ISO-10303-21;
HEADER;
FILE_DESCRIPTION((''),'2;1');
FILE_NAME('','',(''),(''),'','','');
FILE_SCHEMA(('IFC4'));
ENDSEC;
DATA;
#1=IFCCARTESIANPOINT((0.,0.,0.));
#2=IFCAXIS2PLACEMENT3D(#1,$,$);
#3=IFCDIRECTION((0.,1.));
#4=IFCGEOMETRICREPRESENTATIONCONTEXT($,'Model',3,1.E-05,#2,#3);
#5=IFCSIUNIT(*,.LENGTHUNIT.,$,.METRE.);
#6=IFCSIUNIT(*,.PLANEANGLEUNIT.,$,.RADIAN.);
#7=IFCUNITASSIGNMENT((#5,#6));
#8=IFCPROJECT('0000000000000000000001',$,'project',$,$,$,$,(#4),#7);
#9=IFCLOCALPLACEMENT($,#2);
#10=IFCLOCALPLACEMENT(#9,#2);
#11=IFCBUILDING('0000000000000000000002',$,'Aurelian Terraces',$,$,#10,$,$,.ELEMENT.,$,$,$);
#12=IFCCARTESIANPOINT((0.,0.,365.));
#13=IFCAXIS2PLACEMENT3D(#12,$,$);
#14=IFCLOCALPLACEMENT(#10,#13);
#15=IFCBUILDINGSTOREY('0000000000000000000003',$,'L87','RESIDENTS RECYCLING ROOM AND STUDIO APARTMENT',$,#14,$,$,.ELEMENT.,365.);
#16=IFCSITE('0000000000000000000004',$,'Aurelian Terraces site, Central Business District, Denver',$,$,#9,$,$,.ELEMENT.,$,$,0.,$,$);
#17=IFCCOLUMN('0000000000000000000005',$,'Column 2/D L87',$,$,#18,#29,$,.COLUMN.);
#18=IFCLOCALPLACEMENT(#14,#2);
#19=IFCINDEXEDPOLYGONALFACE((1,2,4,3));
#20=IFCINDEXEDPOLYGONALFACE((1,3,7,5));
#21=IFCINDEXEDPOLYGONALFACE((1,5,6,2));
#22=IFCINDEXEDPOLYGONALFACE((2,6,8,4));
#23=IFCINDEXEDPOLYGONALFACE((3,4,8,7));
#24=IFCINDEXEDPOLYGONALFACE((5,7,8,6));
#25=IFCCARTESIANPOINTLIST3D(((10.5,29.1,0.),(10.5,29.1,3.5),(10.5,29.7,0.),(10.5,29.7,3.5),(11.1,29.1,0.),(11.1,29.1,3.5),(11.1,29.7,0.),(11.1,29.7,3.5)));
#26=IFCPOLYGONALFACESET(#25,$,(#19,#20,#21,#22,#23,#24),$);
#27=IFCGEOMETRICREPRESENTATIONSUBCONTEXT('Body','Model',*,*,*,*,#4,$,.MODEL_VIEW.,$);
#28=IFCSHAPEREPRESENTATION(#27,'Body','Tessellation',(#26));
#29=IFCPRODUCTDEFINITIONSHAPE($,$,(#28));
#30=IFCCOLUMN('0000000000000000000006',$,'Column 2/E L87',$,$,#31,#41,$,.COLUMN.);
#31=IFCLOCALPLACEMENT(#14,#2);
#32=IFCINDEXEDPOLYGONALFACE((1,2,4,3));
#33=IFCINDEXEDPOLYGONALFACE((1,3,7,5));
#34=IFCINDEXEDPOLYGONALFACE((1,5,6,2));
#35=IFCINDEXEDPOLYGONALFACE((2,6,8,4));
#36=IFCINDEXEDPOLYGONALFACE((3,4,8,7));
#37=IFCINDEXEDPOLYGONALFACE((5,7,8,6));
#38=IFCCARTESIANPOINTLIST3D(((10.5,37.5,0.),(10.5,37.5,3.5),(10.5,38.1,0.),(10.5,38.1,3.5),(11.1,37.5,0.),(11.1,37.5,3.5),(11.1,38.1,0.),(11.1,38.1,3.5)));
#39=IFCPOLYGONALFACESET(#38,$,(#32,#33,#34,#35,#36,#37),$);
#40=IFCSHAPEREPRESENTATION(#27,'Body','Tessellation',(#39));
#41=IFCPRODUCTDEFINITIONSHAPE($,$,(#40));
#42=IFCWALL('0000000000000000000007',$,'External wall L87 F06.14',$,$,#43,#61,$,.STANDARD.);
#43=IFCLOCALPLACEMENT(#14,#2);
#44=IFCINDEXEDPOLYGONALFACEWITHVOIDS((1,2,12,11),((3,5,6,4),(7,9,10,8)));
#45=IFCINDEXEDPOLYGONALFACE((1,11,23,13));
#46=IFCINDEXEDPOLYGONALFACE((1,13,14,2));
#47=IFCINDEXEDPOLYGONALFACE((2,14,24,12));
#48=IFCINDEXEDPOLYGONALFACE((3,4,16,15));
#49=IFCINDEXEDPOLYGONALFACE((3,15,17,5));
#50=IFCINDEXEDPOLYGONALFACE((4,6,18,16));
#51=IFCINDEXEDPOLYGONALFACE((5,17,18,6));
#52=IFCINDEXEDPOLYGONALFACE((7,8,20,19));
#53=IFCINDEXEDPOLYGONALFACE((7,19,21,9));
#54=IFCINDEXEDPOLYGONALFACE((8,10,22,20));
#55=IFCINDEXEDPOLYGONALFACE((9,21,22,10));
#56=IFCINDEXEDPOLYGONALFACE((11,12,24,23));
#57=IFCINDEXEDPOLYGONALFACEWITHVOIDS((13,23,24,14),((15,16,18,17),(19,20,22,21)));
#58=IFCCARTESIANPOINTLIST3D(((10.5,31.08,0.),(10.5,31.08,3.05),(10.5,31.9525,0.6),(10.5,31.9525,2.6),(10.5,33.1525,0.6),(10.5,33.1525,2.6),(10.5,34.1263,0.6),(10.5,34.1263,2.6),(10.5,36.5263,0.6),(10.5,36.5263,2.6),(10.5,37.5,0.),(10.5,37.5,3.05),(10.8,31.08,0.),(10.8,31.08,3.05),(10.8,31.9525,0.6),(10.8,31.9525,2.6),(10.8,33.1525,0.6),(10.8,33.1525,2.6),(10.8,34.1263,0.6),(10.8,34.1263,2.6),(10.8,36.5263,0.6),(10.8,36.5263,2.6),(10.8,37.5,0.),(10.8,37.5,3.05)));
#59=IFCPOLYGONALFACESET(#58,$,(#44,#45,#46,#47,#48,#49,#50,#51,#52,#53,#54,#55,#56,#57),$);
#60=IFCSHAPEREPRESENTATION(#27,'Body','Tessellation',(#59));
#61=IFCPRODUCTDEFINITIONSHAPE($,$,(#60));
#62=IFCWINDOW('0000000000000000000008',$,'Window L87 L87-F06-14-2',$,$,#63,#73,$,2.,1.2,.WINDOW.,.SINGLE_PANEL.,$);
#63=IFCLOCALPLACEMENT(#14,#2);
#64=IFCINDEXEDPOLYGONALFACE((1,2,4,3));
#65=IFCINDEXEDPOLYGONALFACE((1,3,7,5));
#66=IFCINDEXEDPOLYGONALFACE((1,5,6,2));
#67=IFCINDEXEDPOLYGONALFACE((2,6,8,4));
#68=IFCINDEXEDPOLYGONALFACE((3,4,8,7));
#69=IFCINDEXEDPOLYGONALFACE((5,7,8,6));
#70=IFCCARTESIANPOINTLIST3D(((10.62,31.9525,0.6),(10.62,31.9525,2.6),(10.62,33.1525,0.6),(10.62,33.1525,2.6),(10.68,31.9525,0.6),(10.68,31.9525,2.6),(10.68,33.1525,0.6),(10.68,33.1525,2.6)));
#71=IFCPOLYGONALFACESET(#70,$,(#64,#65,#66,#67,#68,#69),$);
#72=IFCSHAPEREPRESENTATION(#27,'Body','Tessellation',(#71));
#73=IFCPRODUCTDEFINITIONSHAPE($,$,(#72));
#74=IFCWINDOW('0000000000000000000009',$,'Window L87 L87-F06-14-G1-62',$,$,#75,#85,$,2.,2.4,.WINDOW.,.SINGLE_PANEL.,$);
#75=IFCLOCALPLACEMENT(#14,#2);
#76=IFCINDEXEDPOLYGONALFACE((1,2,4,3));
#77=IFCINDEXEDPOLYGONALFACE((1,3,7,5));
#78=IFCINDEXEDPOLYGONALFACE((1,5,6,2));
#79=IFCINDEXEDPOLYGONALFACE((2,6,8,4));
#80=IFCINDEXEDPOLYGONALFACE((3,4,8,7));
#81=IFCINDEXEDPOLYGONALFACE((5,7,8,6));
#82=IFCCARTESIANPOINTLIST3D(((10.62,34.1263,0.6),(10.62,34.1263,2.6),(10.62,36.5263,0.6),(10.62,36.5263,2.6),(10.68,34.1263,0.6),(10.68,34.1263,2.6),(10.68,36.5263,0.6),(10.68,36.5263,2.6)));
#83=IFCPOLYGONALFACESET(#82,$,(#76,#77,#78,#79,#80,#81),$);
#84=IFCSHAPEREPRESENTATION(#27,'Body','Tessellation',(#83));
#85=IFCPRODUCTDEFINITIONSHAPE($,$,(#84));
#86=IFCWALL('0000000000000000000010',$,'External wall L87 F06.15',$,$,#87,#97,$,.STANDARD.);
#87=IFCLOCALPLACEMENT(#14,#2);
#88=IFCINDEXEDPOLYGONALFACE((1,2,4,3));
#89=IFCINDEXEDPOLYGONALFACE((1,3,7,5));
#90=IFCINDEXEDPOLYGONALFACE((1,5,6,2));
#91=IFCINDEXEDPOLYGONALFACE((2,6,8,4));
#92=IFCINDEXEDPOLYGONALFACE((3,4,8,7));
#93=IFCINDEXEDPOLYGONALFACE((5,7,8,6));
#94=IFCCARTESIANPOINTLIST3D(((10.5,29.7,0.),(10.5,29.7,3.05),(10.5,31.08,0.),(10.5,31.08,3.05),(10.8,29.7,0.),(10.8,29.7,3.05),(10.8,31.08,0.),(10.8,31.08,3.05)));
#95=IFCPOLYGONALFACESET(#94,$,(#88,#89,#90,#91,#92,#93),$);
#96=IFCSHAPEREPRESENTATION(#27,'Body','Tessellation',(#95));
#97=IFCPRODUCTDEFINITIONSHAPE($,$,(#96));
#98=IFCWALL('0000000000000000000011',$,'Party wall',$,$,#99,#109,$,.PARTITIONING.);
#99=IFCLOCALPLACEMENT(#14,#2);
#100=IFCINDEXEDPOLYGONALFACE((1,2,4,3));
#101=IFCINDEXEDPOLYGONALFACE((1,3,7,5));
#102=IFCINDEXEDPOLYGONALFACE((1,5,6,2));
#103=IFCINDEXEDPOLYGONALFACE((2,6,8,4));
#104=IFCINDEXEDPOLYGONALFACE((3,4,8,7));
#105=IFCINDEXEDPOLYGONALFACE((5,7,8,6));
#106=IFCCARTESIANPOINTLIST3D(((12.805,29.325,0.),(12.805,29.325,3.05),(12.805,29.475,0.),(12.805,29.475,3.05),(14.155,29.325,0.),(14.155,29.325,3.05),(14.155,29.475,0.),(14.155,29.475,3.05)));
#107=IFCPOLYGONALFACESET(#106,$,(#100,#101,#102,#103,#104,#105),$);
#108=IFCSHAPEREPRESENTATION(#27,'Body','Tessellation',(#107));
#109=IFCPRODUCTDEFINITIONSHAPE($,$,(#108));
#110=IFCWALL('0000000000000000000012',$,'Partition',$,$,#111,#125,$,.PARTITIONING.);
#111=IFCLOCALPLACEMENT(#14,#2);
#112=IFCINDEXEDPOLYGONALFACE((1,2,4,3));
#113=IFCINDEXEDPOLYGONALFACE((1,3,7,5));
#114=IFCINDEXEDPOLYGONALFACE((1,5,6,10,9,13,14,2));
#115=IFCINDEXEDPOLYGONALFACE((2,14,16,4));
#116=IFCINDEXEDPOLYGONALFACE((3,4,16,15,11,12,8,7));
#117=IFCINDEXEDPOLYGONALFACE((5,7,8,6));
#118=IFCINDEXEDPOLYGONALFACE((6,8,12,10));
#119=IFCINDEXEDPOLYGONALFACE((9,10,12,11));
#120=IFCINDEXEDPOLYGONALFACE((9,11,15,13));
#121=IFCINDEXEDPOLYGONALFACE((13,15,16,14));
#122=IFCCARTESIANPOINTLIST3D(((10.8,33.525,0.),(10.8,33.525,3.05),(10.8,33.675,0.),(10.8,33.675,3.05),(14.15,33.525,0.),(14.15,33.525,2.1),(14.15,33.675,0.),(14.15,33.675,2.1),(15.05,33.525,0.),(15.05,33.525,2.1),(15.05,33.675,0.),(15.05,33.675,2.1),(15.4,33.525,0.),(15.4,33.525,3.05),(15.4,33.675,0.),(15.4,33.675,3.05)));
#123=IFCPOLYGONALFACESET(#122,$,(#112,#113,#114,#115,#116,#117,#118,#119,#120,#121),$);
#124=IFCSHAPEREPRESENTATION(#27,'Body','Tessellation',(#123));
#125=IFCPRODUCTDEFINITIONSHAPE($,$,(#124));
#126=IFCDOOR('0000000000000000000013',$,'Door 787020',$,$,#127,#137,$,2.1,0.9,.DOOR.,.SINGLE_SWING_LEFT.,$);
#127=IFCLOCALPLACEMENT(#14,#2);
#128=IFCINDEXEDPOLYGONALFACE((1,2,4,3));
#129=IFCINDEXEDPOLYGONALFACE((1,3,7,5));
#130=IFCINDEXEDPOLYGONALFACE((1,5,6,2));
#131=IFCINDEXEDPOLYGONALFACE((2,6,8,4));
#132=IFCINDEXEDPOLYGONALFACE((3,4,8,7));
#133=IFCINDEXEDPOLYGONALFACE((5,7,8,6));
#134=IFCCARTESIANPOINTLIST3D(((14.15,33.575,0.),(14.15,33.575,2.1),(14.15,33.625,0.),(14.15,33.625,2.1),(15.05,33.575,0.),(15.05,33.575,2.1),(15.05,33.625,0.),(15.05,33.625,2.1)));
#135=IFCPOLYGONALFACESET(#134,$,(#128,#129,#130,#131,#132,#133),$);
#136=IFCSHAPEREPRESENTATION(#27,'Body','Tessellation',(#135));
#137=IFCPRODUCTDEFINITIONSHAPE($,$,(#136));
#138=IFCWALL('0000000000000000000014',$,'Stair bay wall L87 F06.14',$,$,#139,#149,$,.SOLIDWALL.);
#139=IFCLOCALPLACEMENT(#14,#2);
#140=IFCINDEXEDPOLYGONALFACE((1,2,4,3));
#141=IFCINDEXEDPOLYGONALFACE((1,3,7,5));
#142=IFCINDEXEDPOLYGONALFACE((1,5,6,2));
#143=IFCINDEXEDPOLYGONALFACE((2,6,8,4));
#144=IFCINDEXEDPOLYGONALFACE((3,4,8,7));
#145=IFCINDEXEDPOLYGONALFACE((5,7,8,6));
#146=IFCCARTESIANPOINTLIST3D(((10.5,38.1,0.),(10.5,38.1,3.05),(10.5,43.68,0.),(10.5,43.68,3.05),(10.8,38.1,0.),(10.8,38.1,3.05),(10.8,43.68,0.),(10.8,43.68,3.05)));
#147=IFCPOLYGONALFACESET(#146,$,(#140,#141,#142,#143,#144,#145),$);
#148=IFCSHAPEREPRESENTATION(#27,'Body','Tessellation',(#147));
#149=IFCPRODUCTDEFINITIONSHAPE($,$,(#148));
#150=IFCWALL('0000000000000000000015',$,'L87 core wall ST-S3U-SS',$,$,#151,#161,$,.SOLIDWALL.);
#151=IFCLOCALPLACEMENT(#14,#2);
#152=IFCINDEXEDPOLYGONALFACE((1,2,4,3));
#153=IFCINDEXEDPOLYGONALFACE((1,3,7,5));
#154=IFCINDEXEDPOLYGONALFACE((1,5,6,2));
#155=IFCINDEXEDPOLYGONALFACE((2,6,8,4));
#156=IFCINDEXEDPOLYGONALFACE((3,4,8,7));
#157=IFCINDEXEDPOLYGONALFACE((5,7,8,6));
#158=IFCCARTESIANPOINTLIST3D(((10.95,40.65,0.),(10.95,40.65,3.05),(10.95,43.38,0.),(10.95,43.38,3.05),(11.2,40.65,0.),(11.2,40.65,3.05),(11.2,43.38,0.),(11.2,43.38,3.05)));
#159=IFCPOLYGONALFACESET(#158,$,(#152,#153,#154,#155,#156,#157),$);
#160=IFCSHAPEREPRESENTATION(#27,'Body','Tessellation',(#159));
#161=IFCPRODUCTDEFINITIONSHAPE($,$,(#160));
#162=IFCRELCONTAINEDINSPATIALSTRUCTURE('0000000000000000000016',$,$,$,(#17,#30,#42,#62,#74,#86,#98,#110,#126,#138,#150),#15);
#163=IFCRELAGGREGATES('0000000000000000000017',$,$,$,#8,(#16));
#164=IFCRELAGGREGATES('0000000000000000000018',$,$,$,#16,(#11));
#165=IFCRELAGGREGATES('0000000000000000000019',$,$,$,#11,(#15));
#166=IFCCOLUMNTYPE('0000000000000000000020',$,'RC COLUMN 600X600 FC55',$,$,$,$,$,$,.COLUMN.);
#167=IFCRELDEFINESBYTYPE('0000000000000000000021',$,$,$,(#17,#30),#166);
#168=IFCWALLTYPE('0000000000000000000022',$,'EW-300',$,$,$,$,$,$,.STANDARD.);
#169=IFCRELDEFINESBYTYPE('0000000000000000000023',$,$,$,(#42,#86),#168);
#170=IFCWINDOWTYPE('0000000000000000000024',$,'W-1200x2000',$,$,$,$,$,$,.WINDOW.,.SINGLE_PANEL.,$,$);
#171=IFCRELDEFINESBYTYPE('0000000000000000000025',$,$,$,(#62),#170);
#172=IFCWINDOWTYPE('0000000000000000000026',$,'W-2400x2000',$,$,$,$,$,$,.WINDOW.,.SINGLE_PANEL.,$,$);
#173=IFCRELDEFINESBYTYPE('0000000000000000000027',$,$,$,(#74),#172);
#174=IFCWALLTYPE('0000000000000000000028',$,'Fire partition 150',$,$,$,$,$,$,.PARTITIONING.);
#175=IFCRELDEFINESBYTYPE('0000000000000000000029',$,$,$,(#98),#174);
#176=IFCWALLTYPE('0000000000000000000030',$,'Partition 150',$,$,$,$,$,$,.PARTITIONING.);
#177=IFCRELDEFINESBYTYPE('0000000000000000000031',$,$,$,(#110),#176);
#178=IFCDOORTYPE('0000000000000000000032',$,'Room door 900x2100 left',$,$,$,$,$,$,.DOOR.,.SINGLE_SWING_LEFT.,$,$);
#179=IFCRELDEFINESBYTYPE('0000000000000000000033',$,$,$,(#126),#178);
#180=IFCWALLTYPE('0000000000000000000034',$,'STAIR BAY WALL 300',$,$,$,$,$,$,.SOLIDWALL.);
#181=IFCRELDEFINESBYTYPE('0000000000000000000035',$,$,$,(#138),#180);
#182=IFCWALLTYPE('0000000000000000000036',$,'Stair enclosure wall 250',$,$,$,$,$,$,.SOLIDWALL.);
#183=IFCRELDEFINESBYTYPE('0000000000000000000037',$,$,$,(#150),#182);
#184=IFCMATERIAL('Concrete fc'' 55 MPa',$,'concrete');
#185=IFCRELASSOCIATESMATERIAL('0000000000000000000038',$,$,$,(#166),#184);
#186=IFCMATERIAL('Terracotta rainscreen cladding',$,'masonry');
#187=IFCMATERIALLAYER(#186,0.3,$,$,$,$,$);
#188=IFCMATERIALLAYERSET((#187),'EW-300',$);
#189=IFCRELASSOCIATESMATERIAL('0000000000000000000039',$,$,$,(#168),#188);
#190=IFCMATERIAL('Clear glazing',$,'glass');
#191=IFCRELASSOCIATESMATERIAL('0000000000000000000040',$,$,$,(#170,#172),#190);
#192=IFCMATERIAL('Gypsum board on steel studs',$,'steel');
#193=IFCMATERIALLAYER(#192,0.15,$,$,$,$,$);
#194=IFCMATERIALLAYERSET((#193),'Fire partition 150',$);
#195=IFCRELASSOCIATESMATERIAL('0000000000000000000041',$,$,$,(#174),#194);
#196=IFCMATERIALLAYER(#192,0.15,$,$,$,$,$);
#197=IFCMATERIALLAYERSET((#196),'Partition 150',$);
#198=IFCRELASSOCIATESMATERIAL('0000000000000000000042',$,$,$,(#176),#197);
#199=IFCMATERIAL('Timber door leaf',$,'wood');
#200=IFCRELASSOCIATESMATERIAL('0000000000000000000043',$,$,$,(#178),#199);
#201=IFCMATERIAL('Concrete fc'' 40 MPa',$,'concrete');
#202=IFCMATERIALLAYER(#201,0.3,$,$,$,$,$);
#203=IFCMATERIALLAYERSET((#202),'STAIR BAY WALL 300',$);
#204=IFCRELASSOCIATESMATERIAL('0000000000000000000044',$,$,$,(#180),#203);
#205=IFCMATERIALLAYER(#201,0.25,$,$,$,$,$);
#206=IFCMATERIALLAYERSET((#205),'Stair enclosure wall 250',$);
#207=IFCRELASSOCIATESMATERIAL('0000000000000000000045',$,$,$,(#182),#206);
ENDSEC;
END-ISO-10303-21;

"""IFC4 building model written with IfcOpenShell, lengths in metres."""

from ifc_helpers import new_model, si_unit, direction, frame, frame_2d, origin, origin_2d, place, context, subcontext, project, spatial, rectangle, extrude, source, transform, mapped, material, layer, layer_set, material_profile, profile_set, type_object, element, fill, save


model = new_model("IFC4")

# Units and contexts
model_context = context("Model", 3, precision=1e-05, world=origin(), true_north=direction((0.0, 1.0)))
body_context = subcontext(model_context, "Body", "Model", "MODEL_VIEW")
ifc_project = project(units=[si_unit("LENGTHUNIT", "METRE"), si_unit("PLANEANGLEUNIT", "RADIAN")], contexts=[model_context])

# Site, building, storey
site_placement = place(None, origin())
site = spatial("IfcSite", under=ifc_project, at=site_placement, Name="Aurelian Terraces site, Central Business District, Denver", CompositionType="ELEMENT", RefElevation=0.0)
building_placement = place(site_placement, origin())
building = spatial("IfcBuilding", under=site, at=building_placement, Name="Aurelian Terraces", CompositionType="ELEMENT")
storey_placement = place(building_placement, frame((0.0, 0.0, 365.0)))
storey = spatial("IfcBuildingStorey", under=building, at=storey_placement, Name="L87", Description="RESIDENTS RECYCLING ROOM AND STUDIO APARTMENT", CompositionType="ELEMENT", Elevation=365.0)

# Columns
ifc_material_1 = material(Name="Concrete fc' 55 MPa", Category="concrete")
ifc_material_profile = material_profile(ifc_material_1, rectangle(XDim=0.6, YDim=0.6, at=origin_2d()))
ifc_profile_set = profile_set([ifc_material_profile], Name="Concrete fc' 55 MPa")
column_type = type_object("IfcColumnType", Name="RC COLUMN 600X600 FC55", PredefinedType="COLUMN", material=ifc_profile_set)
shared_shape_1 = source(origin(), body_context, "Body", "SweptSolid", [
    extrude(rectangle(XDim=0.6, YDim=0.6, at=origin_2d()), origin(), (0.0, 0.0, 1.0), 3.5),
])
for number, where, z_axis, x_axis, name in (
    (1, (10.8, 29.4, 0.0), (0.0, 0.0, 1.0), (1.0, 0.0, 0.0), "Column 2/D L87"),
    (2, (10.8, 37.8, 0.0), (0.0, 0.0, 1.0), (1.0, 0.0, 0.0), "Column 2/E L87"),
):
    element("IfcColumn", number, at=place(storey_placement, frame(where, z_axis=z_axis, x_axis=x_axis)), inside=storey, type_object=column_type, Name=name, PredefinedType="COLUMN", context=body_context, shape_type="MappedRepresentation", body=[
        mapped(shared_shape_1, transform((0.0, 0.0, 0.0), scale=1.0)),
    ])

# Wall, openings, windows
ifc_material_2 = material(Name="Terracotta rainscreen cladding", Category="masonry")
ifc_layer_1 = layer(ifc_material_2, 0.3)
ifc_layer_set_1 = layer_set([ifc_layer_1], Name="EW-300")
wall_type_1 = type_object("IfcWallType", Name="EW-300", PredefinedType="STANDARD", material=ifc_layer_set_1)
wall_1_placement = place(storey_placement, frame((10.65, 37.5, 0.0), z_axis=(0.0, 0.0, 1.0), x_axis=(0.0, -1.0, 0.0)))
wall_1 = element("IfcWall", 3, at=wall_1_placement, inside=storey, type_object=wall_type_1, Name="External wall L87 F06.14", PredefinedType="STANDARD", context=body_context, shape_type="SweptSolid", body=[
    extrude(rectangle(XDim=6.42, YDim=0.3, at=frame_2d((3.21, 0.0))), origin(), (0.0, 0.0, 1.0), 3.05),
])
shared_shape_2 = source(origin(), body_context, "Body", "SweptSolid", [
    extrude(rectangle(XDim=1.2, YDim=2.0, at=frame_2d((0.6, 1.0))), frame((0.0, 0.16, 0.0), z_axis=(0.0, -1.0, 0.0), x_axis=(1.0, 0.0, 0.0)), (0.0, 0.0, 1.0), 0.32),
])
opening_1_placement = place(wall_1_placement, frame((4.3475, 0.0, 0.6)))
opening_1 = element("IfcOpeningElement", 4, at=opening_1_placement, cuts=wall_1, PredefinedType="OPENING", context=body_context, shape_type="MappedRepresentation", body=[
    mapped(shared_shape_2, transform((0.0, 0.0, 0.0), scale=1.0)),
])
shared_shape_3 = source(origin(), body_context, "Body", "SweptSolid", [
    extrude(rectangle(XDim=2.4, YDim=2.0, at=frame_2d((1.2, 1.0))), frame((0.0, 0.16, 0.0), z_axis=(0.0, -1.0, 0.0), x_axis=(1.0, 0.0, 0.0)), (0.0, 0.0, 1.0), 0.32),
])
opening_2_placement = place(wall_1_placement, frame((0.9737, 0.0, 0.6)))
opening_2 = element("IfcOpeningElement", 5, at=opening_2_placement, cuts=wall_1, PredefinedType="OPENING", context=body_context, shape_type="MappedRepresentation", body=[
    mapped(shared_shape_3, transform((0.0, 0.0, 0.0), scale=1.0)),
])
ifc_material_3 = material(Name="Clear glazing", Category="glass")
window_type_1 = type_object("IfcWindowType", Name="W-1200x2000", PartitioningType="SINGLE_PANEL", PredefinedType="WINDOW", material=ifc_material_3)
shared_shape_4 = source(origin(), body_context, "Body", "SweptSolid", [
    extrude(rectangle(XDim=1.2, YDim=2.0, at=frame_2d((0.6, 1.0))), frame((0.0, 0.03, 0.0), z_axis=(0.0, -1.0, 0.0), x_axis=(1.0, 0.0, 0.0)), (0.0, 0.0, 1.0), 0.06),
])
window_1_placement = place(opening_1_placement, origin())
window_1 = element("IfcWindow", 6, at=window_1_placement, inside=storey, type_object=window_type_1, Name="Window L87 L87-F06-14-2", OverallHeight=2.0, OverallWidth=1.2, PartitioningType="SINGLE_PANEL", PredefinedType="WINDOW", context=body_context, shape_type="MappedRepresentation", body=[
    mapped(shared_shape_4, transform((0.0, 0.0, 0.0), scale=1.0)),
])
fill(opening_1, window_1)
window_type_2 = type_object("IfcWindowType", Name="W-2400x2000", PartitioningType="SINGLE_PANEL", PredefinedType="WINDOW", material=ifc_material_3)
shared_shape_5 = source(origin(), body_context, "Body", "SweptSolid", [
    extrude(rectangle(XDim=2.4, YDim=2.0, at=frame_2d((1.2, 1.0))), frame((0.0, 0.03, 0.0), z_axis=(0.0, -1.0, 0.0), x_axis=(1.0, 0.0, 0.0)), (0.0, 0.0, 1.0), 0.06),
])
window_2_placement = place(opening_2_placement, origin())
window_2 = element("IfcWindow", 7, at=window_2_placement, inside=storey, type_object=window_type_2, Name="Window L87 L87-F06-14-G1-62", OverallHeight=2.0, OverallWidth=2.4, PartitioningType="SINGLE_PANEL", PredefinedType="WINDOW", context=body_context, shape_type="MappedRepresentation", body=[
    mapped(shared_shape_5, transform((0.0, 0.0, 0.0), scale=1.0)),
])
fill(opening_2, window_2)

# Walls
wall_2_placement = place(storey_placement, frame((10.65, 31.08, 0.0), z_axis=(0.0, 0.0, 1.0), x_axis=(0.0, -1.0, 0.0)))
element("IfcWall", 8, at=wall_2_placement, inside=storey, type_object=wall_type_1, Name="External wall L87 F06.15", PredefinedType="STANDARD", context=body_context, shape_type="SweptSolid", body=[
    extrude(rectangle(XDim=1.38, YDim=0.3, at=frame_2d((0.69, 0.0))), origin(), (0.0, 0.0, 1.0), 3.05),
])
ifc_material_4 = material(Name="Gypsum board on steel studs", Category="steel")
ifc_layer_2 = layer(ifc_material_4, 0.15)
ifc_layer_set_2 = layer_set([ifc_layer_2], Name="Fire partition 150")
wall_type_2 = type_object("IfcWallType", Name="Fire partition 150", PredefinedType="PARTITIONING", material=ifc_layer_set_2)
wall_3_placement = place(storey_placement, frame((14.155, 29.4, 0.0), z_axis=(0.0, 0.0, 1.0), x_axis=(-1.0, 0.0, 0.0)))
element("IfcWall", 9, at=wall_3_placement, inside=storey, type_object=wall_type_2, Name="Party wall", PredefinedType="PARTITIONING", context=body_context, shape_type="SweptSolid", body=[
    extrude(rectangle(XDim=1.35, YDim=0.15, at=frame_2d((0.675, 0.0))), origin(), (0.0, 0.0, 1.0), 3.05),
])

# Wall, opening, door
ifc_layer_3 = layer(ifc_material_4, 0.15)
ifc_layer_set_3 = layer_set([ifc_layer_3], Name="Partition 150")
wall_type_3 = type_object("IfcWallType", Name="Partition 150", PredefinedType="PARTITIONING", material=ifc_layer_set_3)
wall_4_placement = place(storey_placement, frame((15.4, 33.6, 0.0), z_axis=(0.0, 0.0, 1.0), x_axis=(-1.0, 0.0, 0.0)))
wall_4 = element("IfcWall", 10, at=wall_4_placement, inside=storey, type_object=wall_type_3, Name="Partition", PredefinedType="PARTITIONING", context=body_context, shape_type="SweptSolid", body=[
    extrude(rectangle(XDim=4.6, YDim=0.15, at=frame_2d((2.3, 0.0))), origin(), (0.0, 0.0, 1.0), 3.05),
])
shared_shape_6 = source(origin(), body_context, "Body", "SweptSolid", [
    extrude(rectangle(XDim=0.9, YDim=2.1, at=frame_2d((0.45, 1.05))), frame((0.0, 0.085, 0.0), z_axis=(0.0, -1.0, 0.0), x_axis=(1.0, 0.0, 0.0)), (0.0, 0.0, 1.0), 0.17),
])
opening_3_placement = place(wall_4_placement, frame((0.35, 0.0, 0.0)))
opening_3 = element("IfcOpeningElement", 11, at=opening_3_placement, cuts=wall_4, PredefinedType="OPENING", context=body_context, shape_type="MappedRepresentation", body=[
    mapped(shared_shape_6, transform((0.0, 0.0, 0.0), scale=1.0)),
])
ifc_material_5 = material(Name="Timber door leaf", Category="wood")
door_type_1 = type_object("IfcDoorType", Name="Room door 900x2100 left", OperationType="SINGLE_SWING_LEFT", PredefinedType="DOOR", material=ifc_material_5)
shared_shape_7 = source(origin(), body_context, "Body", "SweptSolid", [
    extrude(rectangle(XDim=0.9, YDim=2.1, at=frame_2d((0.45, 1.05))), frame((0.0, 0.025, 0.0), z_axis=(0.0, -1.0, 0.0), x_axis=(1.0, 0.0, 0.0)), (0.0, 0.0, 1.0), 0.05),
])
door_1_placement = place(opening_3_placement, origin())
door_1 = element("IfcDoor", 12, at=door_1_placement, inside=storey, type_object=door_type_1, Name="Door 787020", OperationType="SINGLE_SWING_LEFT", OverallHeight=2.1, OverallWidth=0.9, PredefinedType="DOOR", context=body_context, shape_type="MappedRepresentation", body=[
    mapped(shared_shape_7, transform((0.0, 0.0, 0.0), scale=1.0)),
])
fill(opening_3, door_1)

# Walls
ifc_material_6 = material(Name="Concrete fc' 40 MPa", Category="concrete")
ifc_layer_4 = layer(ifc_material_6, 0.3)
ifc_layer_set_4 = layer_set([ifc_layer_4], Name="STAIR BAY WALL 300")
wall_type_4 = type_object("IfcWallType", Name="STAIR BAY WALL 300", PredefinedType="SOLIDWALL", material=ifc_layer_set_4)
wall_5_placement = place(storey_placement, frame((10.65, 43.68, 0.0), z_axis=(0.0, 0.0, 1.0), x_axis=(0.0, -1.0, 0.0)))
element("IfcWall", 13, at=wall_5_placement, inside=storey, type_object=wall_type_4, Name="Stair bay wall L87 F06.14", PredefinedType="SOLIDWALL", context=body_context, shape_type="SweptSolid", body=[
    extrude(rectangle(XDim=5.58, YDim=0.3, at=frame_2d((2.79, 0.0))), origin(), (0.0, 0.0, 1.0), 3.05),
])
ifc_layer_5 = layer(ifc_material_6, 0.25)
ifc_layer_set_5 = layer_set([ifc_layer_5], Name="Stair enclosure wall 250")
wall_type_5 = type_object("IfcWallType", Name="Stair enclosure wall 250", PredefinedType="SOLIDWALL", material=ifc_layer_set_5)
wall_6_placement = place(storey_placement, frame((11.075, 40.65, 0.0), z_axis=(0.0, 0.0, 1.0), x_axis=(0.0, 1.0, 0.0)))
element("IfcWall", 14, at=wall_6_placement, inside=storey, type_object=wall_type_5, Name="L87 core wall ST-S3U-SS", PredefinedType="SOLIDWALL", context=body_context, shape_type="SweptSolid", body=[
    extrude(rectangle(XDim=2.73, YDim=0.25, at=frame_2d((1.365, 0.0))), origin(), (0.0, 0.0, 1.0), 3.05),
])

save(model, "model.ifc")
